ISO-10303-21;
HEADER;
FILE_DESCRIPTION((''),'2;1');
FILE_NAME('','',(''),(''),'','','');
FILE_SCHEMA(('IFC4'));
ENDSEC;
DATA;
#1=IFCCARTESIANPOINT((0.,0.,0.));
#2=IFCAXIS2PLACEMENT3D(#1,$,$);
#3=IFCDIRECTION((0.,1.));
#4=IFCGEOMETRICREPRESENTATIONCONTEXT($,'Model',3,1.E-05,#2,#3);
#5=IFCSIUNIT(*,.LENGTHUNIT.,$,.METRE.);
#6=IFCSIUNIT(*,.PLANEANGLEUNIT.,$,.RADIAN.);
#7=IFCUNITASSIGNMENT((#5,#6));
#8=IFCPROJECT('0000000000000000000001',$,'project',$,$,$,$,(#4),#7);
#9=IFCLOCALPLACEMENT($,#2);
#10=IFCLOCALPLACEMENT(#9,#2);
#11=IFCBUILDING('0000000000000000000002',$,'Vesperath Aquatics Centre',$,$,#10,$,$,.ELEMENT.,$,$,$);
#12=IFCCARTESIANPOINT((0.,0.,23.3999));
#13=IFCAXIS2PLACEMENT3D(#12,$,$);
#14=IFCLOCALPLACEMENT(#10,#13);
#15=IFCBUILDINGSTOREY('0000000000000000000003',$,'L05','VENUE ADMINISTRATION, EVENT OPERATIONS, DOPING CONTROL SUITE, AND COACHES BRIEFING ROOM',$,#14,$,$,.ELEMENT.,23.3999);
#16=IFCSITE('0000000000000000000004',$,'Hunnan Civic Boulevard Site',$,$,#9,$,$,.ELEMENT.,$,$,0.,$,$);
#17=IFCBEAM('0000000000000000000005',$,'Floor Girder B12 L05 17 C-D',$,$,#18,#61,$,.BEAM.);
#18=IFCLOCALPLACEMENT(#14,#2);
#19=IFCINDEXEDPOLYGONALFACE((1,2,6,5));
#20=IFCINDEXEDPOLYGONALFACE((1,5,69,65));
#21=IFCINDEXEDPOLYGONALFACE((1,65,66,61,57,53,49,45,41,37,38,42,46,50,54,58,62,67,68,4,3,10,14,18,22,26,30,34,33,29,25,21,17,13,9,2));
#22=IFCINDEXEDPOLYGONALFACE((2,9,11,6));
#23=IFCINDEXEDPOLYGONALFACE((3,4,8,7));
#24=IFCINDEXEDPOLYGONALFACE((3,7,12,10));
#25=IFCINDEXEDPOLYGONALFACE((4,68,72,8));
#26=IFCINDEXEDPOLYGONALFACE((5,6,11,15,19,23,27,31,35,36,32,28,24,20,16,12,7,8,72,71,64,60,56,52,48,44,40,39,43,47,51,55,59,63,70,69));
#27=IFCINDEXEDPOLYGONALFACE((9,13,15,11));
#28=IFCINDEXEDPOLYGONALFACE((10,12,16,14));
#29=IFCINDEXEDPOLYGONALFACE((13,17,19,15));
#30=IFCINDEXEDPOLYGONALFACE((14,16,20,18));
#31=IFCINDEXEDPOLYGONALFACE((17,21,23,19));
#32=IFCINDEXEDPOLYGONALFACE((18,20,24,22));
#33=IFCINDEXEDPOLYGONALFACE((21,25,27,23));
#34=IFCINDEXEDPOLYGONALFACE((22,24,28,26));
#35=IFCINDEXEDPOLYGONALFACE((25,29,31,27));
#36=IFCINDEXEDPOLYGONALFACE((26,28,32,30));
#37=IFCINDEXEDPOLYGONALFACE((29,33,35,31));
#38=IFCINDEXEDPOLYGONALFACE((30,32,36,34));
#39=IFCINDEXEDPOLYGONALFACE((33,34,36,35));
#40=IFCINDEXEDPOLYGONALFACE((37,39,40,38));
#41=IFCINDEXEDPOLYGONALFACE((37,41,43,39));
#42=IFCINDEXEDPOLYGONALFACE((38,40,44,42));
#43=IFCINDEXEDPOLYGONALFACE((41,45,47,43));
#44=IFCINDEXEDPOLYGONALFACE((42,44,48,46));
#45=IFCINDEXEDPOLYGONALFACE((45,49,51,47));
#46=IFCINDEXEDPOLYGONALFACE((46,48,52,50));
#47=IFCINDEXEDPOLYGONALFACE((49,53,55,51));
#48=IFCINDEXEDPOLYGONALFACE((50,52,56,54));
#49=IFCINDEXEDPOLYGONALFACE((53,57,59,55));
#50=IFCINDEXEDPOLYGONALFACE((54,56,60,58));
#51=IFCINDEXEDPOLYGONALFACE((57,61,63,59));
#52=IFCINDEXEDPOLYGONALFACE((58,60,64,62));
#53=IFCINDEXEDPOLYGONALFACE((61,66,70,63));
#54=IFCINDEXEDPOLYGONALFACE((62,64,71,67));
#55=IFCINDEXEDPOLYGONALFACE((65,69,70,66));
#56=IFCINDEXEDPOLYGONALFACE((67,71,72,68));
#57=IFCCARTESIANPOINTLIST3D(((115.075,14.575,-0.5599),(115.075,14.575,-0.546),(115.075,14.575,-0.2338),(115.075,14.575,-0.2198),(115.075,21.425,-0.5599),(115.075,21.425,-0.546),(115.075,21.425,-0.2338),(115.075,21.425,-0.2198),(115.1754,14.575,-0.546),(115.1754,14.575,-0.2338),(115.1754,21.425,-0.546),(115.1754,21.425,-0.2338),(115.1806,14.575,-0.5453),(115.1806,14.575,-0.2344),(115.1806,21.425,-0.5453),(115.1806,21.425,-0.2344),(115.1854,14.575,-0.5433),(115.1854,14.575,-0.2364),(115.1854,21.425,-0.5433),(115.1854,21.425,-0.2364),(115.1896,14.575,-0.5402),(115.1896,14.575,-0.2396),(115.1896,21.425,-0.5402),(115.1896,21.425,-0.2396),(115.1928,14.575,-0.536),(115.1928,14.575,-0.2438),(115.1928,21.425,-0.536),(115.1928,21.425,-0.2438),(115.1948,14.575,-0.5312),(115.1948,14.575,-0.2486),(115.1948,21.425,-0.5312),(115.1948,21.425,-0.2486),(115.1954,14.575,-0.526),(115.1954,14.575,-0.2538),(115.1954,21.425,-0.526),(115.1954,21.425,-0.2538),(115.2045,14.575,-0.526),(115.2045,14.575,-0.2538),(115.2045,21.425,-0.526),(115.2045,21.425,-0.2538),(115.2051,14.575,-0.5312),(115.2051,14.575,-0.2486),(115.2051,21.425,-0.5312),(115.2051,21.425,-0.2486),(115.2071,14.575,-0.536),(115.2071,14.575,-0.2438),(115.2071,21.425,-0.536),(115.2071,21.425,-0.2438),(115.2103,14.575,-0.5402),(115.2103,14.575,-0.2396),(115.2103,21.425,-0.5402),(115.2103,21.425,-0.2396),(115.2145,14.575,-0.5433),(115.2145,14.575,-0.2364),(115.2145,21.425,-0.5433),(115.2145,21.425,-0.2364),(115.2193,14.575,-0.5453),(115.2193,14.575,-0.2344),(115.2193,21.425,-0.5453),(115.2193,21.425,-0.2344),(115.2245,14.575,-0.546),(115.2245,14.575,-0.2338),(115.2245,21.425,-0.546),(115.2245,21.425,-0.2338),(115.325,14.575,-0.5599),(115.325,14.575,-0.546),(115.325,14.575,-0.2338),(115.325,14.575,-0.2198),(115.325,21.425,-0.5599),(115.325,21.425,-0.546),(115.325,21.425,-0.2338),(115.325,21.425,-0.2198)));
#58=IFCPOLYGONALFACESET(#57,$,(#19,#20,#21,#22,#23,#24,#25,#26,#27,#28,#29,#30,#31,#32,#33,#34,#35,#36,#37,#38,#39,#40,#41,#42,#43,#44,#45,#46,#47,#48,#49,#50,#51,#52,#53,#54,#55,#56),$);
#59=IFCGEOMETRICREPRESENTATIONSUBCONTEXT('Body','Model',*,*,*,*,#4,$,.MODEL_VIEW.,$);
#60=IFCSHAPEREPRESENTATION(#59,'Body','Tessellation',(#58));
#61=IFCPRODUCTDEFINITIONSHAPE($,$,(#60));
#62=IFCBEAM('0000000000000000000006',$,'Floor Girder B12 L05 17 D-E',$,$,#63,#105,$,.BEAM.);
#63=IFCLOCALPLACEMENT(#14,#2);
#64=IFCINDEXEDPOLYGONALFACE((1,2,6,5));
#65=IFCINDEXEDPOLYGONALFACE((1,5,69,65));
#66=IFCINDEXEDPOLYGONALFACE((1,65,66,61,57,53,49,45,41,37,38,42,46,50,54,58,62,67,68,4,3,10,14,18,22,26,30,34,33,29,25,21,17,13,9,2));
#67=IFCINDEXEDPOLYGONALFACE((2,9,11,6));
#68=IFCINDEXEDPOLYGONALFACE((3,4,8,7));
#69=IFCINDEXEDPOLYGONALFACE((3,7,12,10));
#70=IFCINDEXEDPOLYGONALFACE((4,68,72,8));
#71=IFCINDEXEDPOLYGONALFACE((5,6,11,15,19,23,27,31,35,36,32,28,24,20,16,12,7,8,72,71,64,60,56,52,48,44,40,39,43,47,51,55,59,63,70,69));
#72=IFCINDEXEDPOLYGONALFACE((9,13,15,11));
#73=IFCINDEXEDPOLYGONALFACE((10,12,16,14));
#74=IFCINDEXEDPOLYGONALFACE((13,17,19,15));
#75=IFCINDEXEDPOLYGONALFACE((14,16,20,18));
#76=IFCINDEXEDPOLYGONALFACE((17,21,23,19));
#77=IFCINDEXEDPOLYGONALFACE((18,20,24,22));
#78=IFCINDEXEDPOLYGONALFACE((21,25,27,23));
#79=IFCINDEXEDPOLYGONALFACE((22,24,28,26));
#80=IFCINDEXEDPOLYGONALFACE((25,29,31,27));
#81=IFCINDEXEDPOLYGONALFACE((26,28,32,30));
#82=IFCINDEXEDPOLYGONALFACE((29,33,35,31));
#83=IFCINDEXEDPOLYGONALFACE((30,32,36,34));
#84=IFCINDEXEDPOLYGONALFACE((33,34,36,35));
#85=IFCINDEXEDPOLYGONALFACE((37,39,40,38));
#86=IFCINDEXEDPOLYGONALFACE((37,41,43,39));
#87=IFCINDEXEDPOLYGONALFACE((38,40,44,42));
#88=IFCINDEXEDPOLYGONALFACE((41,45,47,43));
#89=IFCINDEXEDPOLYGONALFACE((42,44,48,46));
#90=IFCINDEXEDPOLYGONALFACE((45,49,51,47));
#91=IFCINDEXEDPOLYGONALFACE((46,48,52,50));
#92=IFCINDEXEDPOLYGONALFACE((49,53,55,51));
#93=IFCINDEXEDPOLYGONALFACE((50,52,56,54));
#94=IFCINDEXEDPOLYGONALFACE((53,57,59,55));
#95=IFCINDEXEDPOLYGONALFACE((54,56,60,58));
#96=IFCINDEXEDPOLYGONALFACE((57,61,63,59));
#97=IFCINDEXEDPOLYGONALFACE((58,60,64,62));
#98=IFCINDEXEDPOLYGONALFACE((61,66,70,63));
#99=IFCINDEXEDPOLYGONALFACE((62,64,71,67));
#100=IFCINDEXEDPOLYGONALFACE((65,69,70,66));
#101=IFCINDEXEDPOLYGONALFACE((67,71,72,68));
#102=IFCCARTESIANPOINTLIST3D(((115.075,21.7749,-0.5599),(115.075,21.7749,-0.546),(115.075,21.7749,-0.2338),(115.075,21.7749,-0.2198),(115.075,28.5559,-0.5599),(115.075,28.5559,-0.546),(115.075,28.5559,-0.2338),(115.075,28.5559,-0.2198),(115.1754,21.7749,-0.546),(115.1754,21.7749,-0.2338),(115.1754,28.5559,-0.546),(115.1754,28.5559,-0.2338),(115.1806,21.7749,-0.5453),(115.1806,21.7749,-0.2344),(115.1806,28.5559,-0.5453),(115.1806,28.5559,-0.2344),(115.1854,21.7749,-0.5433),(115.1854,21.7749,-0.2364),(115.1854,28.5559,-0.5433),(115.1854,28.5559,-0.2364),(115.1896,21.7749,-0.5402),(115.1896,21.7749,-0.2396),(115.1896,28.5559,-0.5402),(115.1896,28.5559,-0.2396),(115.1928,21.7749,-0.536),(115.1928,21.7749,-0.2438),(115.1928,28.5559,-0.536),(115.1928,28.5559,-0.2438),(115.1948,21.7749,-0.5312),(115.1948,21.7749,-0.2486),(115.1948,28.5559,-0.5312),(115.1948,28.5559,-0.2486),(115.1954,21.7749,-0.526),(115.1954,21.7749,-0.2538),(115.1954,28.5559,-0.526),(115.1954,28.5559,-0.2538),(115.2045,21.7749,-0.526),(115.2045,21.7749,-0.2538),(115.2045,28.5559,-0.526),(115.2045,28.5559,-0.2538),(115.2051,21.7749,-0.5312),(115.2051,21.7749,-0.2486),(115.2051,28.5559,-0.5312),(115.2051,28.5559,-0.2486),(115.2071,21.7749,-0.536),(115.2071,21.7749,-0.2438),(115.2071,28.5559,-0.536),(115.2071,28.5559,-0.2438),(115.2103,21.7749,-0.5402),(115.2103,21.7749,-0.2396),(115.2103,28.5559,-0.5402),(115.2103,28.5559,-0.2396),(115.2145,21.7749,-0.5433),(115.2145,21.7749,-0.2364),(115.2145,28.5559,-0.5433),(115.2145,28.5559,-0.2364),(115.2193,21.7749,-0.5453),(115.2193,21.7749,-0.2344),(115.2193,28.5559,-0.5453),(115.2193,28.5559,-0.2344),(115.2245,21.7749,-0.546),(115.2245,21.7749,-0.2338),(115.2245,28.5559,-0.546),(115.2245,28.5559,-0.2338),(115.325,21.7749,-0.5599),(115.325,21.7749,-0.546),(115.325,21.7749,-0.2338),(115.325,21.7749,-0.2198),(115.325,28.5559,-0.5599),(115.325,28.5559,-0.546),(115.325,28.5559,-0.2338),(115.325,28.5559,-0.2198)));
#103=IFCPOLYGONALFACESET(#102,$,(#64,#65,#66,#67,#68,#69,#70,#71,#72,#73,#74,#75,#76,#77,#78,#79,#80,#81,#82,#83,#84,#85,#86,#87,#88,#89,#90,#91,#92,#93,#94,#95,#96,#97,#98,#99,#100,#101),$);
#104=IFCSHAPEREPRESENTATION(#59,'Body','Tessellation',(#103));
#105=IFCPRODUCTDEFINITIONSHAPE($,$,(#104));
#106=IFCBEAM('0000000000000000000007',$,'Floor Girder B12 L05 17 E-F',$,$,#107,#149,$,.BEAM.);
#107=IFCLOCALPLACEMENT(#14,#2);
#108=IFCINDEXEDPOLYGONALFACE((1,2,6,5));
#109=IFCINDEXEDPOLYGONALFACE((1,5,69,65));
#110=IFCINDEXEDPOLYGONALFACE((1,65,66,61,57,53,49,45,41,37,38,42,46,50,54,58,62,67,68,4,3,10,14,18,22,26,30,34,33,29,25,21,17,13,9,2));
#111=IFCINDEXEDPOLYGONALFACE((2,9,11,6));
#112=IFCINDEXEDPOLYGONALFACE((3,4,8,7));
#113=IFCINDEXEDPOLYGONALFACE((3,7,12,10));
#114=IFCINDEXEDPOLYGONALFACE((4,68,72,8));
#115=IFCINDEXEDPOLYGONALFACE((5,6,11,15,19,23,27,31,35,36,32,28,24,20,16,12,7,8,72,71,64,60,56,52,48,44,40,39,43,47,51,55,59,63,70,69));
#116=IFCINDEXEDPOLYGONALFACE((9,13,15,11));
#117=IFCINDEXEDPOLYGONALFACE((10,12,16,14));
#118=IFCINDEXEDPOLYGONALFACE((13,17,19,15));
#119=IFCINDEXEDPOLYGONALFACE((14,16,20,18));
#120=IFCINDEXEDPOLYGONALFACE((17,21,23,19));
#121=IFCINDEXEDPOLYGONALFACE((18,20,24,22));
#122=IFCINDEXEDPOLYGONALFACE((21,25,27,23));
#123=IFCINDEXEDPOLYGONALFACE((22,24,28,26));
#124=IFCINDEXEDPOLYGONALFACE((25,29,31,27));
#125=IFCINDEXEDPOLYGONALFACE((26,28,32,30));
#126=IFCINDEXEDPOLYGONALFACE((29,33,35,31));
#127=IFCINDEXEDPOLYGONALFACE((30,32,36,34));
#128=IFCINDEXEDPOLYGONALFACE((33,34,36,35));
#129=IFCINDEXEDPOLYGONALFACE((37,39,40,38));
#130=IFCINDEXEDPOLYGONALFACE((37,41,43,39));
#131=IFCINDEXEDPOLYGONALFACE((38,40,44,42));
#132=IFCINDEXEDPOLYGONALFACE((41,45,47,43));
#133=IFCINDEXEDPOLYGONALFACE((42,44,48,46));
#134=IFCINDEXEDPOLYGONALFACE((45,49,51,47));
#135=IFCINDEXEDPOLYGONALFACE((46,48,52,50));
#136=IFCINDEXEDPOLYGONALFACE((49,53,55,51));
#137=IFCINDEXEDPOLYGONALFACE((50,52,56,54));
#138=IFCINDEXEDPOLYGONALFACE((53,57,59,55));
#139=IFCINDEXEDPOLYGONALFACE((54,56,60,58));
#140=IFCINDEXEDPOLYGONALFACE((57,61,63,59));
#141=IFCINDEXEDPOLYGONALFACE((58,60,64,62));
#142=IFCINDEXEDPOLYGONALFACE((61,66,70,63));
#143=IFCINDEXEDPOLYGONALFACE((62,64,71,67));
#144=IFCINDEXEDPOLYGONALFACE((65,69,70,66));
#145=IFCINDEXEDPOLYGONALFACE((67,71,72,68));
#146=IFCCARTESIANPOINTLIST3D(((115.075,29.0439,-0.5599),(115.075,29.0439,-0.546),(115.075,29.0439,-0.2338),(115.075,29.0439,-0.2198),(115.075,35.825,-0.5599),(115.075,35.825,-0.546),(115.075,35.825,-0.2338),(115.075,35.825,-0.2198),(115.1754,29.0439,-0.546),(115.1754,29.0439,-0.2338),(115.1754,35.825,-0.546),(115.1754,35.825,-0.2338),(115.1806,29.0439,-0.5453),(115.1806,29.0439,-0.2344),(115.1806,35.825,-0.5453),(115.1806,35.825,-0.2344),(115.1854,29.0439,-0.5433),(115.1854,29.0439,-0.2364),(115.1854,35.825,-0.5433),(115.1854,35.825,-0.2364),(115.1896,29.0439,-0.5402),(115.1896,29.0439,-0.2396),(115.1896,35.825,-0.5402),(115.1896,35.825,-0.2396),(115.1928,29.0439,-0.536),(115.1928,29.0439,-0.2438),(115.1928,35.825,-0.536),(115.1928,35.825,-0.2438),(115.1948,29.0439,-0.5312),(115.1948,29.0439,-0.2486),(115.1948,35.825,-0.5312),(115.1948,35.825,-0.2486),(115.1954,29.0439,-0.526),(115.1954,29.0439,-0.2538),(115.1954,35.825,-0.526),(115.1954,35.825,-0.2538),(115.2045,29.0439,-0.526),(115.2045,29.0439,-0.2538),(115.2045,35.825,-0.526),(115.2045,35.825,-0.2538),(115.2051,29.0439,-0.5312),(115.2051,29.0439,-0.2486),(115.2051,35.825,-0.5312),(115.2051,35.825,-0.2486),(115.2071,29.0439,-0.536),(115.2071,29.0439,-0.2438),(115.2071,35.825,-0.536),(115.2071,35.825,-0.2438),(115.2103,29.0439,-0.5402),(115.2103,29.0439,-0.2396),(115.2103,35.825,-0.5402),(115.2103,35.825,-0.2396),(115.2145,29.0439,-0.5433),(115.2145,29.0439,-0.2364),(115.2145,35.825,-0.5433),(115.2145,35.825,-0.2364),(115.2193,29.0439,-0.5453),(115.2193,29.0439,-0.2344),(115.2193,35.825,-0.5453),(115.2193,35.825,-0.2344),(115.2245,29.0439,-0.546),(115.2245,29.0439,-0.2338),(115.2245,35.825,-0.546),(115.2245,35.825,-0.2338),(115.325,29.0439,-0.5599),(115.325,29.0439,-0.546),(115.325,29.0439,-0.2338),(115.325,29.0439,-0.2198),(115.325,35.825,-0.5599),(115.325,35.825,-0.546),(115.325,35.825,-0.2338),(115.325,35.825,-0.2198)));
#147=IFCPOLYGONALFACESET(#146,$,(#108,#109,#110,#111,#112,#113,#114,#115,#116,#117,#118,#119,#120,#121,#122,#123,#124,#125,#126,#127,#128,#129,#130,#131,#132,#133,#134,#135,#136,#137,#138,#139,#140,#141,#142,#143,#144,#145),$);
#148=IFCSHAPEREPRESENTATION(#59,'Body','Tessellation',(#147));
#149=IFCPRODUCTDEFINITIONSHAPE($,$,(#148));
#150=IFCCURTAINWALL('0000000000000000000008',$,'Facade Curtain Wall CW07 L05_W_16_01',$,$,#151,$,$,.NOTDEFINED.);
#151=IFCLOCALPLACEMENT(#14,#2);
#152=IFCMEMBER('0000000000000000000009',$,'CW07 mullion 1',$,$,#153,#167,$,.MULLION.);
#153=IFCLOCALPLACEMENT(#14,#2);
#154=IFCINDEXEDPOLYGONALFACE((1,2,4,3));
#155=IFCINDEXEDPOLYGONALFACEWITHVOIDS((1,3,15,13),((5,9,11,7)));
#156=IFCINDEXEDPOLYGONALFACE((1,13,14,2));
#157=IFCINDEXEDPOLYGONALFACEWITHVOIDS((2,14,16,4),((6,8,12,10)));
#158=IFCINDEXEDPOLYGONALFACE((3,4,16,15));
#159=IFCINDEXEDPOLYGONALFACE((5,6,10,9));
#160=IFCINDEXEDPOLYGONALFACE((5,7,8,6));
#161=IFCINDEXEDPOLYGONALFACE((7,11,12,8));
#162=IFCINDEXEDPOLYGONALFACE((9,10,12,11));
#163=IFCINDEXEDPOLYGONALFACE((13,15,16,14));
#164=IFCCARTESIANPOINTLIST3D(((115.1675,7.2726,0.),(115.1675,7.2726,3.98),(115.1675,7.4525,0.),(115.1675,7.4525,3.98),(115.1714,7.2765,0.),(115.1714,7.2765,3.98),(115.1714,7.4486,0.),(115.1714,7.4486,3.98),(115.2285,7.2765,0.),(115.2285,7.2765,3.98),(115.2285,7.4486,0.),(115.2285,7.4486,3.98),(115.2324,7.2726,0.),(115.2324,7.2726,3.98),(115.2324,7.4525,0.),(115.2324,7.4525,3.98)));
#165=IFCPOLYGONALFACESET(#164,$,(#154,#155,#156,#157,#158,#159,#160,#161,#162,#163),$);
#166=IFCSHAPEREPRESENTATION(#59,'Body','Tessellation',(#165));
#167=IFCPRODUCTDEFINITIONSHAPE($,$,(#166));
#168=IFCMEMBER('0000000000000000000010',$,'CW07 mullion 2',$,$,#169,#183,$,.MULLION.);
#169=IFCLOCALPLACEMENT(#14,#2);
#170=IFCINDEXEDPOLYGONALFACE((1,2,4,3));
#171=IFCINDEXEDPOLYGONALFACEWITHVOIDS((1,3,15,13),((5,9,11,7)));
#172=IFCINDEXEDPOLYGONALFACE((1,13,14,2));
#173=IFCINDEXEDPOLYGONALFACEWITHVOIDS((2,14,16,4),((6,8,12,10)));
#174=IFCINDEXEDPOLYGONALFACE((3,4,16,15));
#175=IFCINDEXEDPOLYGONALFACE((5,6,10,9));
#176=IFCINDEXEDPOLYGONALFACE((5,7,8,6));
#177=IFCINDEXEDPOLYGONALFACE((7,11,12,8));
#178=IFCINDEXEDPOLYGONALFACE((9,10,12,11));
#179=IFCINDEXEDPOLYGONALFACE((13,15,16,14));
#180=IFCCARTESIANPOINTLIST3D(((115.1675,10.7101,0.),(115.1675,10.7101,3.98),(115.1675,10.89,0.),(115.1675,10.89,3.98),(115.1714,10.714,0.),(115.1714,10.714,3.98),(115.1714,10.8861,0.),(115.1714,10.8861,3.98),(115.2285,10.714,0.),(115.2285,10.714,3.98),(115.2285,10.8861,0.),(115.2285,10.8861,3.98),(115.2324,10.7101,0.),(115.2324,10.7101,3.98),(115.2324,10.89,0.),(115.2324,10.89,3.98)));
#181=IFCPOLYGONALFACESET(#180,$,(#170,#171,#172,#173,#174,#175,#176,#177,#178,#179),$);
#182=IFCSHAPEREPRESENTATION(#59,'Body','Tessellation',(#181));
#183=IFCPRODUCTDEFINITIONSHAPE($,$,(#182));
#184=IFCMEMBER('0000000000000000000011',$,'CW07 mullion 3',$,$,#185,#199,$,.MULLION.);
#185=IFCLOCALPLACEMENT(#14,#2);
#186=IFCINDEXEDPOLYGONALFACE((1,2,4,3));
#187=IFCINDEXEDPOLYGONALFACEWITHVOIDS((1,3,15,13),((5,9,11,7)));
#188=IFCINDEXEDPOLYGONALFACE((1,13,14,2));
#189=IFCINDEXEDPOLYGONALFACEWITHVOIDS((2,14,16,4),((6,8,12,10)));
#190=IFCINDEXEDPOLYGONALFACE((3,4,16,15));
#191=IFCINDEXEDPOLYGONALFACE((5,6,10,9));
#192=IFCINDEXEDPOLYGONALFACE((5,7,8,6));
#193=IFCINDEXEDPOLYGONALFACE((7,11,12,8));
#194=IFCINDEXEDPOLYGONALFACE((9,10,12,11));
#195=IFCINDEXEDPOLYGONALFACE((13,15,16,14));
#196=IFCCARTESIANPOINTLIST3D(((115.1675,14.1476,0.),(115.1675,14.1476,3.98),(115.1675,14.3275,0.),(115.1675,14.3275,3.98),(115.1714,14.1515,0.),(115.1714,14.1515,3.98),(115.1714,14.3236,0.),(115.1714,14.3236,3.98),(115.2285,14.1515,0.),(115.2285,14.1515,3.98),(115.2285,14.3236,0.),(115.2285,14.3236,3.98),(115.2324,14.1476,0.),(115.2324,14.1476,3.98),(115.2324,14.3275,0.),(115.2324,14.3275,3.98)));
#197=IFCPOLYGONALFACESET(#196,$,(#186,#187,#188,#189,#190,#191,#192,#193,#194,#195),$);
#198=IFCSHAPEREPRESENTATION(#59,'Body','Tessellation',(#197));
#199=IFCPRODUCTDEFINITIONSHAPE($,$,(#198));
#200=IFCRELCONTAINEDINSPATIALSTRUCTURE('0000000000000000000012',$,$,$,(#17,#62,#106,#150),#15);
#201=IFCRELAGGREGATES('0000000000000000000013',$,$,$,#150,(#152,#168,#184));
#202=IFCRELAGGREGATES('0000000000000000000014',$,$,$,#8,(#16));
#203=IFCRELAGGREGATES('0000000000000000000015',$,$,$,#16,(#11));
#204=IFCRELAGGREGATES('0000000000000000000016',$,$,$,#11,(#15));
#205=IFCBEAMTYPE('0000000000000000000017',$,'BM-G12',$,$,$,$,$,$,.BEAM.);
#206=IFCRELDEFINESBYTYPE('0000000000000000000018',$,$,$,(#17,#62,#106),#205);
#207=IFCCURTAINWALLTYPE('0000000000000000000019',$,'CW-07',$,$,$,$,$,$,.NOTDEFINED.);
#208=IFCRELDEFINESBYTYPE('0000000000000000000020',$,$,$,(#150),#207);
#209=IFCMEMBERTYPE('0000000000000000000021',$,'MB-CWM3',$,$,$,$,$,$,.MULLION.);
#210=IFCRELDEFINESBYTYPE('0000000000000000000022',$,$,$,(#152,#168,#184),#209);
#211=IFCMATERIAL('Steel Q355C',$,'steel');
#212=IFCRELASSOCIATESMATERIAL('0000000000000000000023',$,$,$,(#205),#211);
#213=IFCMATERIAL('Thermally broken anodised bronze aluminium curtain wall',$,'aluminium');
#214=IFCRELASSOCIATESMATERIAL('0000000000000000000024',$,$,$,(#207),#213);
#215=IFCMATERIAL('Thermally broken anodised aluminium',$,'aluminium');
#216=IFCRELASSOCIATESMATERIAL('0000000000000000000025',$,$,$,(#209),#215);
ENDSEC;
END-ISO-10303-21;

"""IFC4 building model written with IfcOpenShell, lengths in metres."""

from ifc_helpers import new_model, si_unit, direction, frame, origin, origin_2d, place, context, subcontext, project, spatial, hollow_rectangle, i_section, extrude, material, material_profile, profile_set, type_object, element, aggregate, save


model = new_model("IFC4")

# Units and contexts
model_context = context("Model", 3, precision=1e-05, world=origin(), true_north=direction((0.0, 1.0)))
body_context = subcontext(model_context, "Body", "Model", "MODEL_VIEW")
ifc_project = project(units=[si_unit("LENGTHUNIT", "METRE"), si_unit("PLANEANGLEUNIT", "RADIAN")], contexts=[model_context])

# Site, building, storey
site_placement = place(None, origin())
site = spatial("IfcSite", under=ifc_project, at=site_placement, Name="Hunnan Civic Boulevard Site", CompositionType="ELEMENT", RefElevation=0.0)
building_placement = place(site_placement, origin())
building = spatial("IfcBuilding", under=site, at=building_placement, Name="Vesperath Aquatics Centre", CompositionType="ELEMENT")
storey_placement = place(building_placement, frame((0.0, 0.0, 23.3999)))
storey = spatial("IfcBuildingStorey", under=building, at=storey_placement, Name="L05", Description="VENUE ADMINISTRATION, EVENT OPERATIONS, DOPING CONTROL SUITE, AND COACHES BRIEFING ROOM", CompositionType="ELEMENT", Elevation=23.3999)

# Shared definitions
ifc_material_1 = material(Name="Steel Q355C", Category="steel")

# Beams
ifc_material_profile_1 = material_profile(ifc_material_1, i_section(OverallWidth=0.25, OverallDepth=0.3401, WebThickness=0.009, FlangeThickness=0.0139, FilletRadius=0.02, at=origin_2d()), Name="HM 340x250x9x14")
ifc_profile_set_1 = profile_set([ifc_material_profile_1], Name="Steel Q355C")
beam_type = type_object("IfcBeamType", Name="BM-G12", PredefinedType="BEAM", material=ifc_profile_set_1)
for number, where, z_axis, x_axis, name in (
    (1, (115.2, 14.575, -0.3899), (0.0, 1.0, 0.0), (-1.0, 0.0, 0.0), "Floor Girder B12 L05 17 C-D"),
):
    element("IfcBeam", number, at=place(storey_placement, frame(where, z_axis=z_axis, x_axis=x_axis)), inside=storey, type_object=beam_type, Name=name, PredefinedType="BEAM", context=body_context, shape_type="SweptSolid", body=[
        extrude(i_section(OverallWidth=0.25, OverallDepth=0.3401, WebThickness=0.009, FlangeThickness=0.0139, FilletRadius=0.02, at=origin_2d()), origin(), (0.0, 0.0, 1.0), 6.8501),
    ])
for number, where, z_axis, x_axis, name in (
    (2, (115.2, 21.7749, -0.3899), (0.0, 1.0, 0.0), (-1.0, 0.0, 0.0), "Floor Girder B12 L05 17 D-E"),
    (3, (115.2, 29.0439, -0.3899), (0.0, 1.0, 0.0), (-1.0, 0.0, 0.0), "Floor Girder B12 L05 17 E-F"),
):
    element("IfcBeam", number, at=place(storey_placement, frame(where, z_axis=z_axis, x_axis=x_axis)), inside=storey, type_object=beam_type, Name=name, PredefinedType="BEAM", context=body_context, shape_type="SweptSolid", body=[
        extrude(i_section(OverallWidth=0.25, OverallDepth=0.3401, WebThickness=0.009, FlangeThickness=0.0139, FilletRadius=0.02, at=origin_2d()), origin(), (0.0, 0.0, 1.0), 6.781),
    ])

# Curtain wall, members
ifc_material_2 = material(Name="Thermally broken anodised bronze aluminium curtain wall", Category="aluminium")
curtain_wall_type = type_object("IfcCurtainWallType", Name="CW-07", PredefinedType="NOTDEFINED", material=ifc_material_2)
curtain_wall_placement = place(storey_placement, origin())
curtain_wall = element("IfcCurtainWall", 4, at=curtain_wall_placement, inside=storey, type_object=curtain_wall_type, Name="Facade Curtain Wall CW07 L05_W_16_01", PredefinedType="NOTDEFINED")
ifc_material_3 = material(Name="Thermally broken anodised aluminium", Category="aluminium")
ifc_material_profile_2 = material_profile(ifc_material_3, hollow_rectangle(XDim=0.0649, YDim=0.1799, WallThickness=0.0039, at=origin_2d()), Name="CWM 65x180x4")
ifc_profile_set_2 = profile_set([ifc_material_profile_2], Name="Thermally broken anodised aluminium")
member_type_1 = type_object("IfcMemberType", Name="MB-CWM3", PredefinedType="MULLION", material=ifc_profile_set_2)
member_1_placement = place(storey_placement, frame((115.2, 7.3625, 0.0), z_axis=(0.0, 0.0, 1.0), x_axis=(-1.0, 0.0, 0.0)))
member_1 = element("IfcMember", 5, at=member_1_placement, type_object=member_type_1, Name="CW07 mullion 1", PredefinedType="MULLION", context=body_context, shape_type="SweptSolid", body=[
    extrude(hollow_rectangle(XDim=0.0649, YDim=0.1799, WallThickness=0.0039, at=origin_2d()), origin(), (0.0, 0.0, 1.0), 3.98),
])
member_2_placement = place(storey_placement, frame((115.2, 10.8, 0.0), z_axis=(0.0, 0.0, 1.0), x_axis=(-1.0, 0.0, 0.0)))
member_2 = element("IfcMember", 6, at=member_2_placement, type_object=member_type_1, Name="CW07 mullion 2", PredefinedType="MULLION", context=body_context, shape_type="SweptSolid", body=[
    extrude(hollow_rectangle(XDim=0.0649, YDim=0.1799, WallThickness=0.0039, at=origin_2d()), origin(), (0.0, 0.0, 1.0), 3.98),
])
member_3_placement = place(storey_placement, frame((115.2, 14.2375, 0.0), z_axis=(0.0, 0.0, 1.0), x_axis=(-1.0, 0.0, 0.0)))
member_3 = element("IfcMember", 7, at=member_3_placement, type_object=member_type_1, Name="CW07 mullion 3", PredefinedType="MULLION", context=body_context, shape_type="SweptSolid", body=[
    extrude(hollow_rectangle(XDim=0.0649, YDim=0.1799, WallThickness=0.0039, at=origin_2d()), origin(), (0.0, 0.0, 1.0), 3.98),
])
aggregate(curtain_wall, [member_1, member_2, member_3])

save(model, "model.ifc")
